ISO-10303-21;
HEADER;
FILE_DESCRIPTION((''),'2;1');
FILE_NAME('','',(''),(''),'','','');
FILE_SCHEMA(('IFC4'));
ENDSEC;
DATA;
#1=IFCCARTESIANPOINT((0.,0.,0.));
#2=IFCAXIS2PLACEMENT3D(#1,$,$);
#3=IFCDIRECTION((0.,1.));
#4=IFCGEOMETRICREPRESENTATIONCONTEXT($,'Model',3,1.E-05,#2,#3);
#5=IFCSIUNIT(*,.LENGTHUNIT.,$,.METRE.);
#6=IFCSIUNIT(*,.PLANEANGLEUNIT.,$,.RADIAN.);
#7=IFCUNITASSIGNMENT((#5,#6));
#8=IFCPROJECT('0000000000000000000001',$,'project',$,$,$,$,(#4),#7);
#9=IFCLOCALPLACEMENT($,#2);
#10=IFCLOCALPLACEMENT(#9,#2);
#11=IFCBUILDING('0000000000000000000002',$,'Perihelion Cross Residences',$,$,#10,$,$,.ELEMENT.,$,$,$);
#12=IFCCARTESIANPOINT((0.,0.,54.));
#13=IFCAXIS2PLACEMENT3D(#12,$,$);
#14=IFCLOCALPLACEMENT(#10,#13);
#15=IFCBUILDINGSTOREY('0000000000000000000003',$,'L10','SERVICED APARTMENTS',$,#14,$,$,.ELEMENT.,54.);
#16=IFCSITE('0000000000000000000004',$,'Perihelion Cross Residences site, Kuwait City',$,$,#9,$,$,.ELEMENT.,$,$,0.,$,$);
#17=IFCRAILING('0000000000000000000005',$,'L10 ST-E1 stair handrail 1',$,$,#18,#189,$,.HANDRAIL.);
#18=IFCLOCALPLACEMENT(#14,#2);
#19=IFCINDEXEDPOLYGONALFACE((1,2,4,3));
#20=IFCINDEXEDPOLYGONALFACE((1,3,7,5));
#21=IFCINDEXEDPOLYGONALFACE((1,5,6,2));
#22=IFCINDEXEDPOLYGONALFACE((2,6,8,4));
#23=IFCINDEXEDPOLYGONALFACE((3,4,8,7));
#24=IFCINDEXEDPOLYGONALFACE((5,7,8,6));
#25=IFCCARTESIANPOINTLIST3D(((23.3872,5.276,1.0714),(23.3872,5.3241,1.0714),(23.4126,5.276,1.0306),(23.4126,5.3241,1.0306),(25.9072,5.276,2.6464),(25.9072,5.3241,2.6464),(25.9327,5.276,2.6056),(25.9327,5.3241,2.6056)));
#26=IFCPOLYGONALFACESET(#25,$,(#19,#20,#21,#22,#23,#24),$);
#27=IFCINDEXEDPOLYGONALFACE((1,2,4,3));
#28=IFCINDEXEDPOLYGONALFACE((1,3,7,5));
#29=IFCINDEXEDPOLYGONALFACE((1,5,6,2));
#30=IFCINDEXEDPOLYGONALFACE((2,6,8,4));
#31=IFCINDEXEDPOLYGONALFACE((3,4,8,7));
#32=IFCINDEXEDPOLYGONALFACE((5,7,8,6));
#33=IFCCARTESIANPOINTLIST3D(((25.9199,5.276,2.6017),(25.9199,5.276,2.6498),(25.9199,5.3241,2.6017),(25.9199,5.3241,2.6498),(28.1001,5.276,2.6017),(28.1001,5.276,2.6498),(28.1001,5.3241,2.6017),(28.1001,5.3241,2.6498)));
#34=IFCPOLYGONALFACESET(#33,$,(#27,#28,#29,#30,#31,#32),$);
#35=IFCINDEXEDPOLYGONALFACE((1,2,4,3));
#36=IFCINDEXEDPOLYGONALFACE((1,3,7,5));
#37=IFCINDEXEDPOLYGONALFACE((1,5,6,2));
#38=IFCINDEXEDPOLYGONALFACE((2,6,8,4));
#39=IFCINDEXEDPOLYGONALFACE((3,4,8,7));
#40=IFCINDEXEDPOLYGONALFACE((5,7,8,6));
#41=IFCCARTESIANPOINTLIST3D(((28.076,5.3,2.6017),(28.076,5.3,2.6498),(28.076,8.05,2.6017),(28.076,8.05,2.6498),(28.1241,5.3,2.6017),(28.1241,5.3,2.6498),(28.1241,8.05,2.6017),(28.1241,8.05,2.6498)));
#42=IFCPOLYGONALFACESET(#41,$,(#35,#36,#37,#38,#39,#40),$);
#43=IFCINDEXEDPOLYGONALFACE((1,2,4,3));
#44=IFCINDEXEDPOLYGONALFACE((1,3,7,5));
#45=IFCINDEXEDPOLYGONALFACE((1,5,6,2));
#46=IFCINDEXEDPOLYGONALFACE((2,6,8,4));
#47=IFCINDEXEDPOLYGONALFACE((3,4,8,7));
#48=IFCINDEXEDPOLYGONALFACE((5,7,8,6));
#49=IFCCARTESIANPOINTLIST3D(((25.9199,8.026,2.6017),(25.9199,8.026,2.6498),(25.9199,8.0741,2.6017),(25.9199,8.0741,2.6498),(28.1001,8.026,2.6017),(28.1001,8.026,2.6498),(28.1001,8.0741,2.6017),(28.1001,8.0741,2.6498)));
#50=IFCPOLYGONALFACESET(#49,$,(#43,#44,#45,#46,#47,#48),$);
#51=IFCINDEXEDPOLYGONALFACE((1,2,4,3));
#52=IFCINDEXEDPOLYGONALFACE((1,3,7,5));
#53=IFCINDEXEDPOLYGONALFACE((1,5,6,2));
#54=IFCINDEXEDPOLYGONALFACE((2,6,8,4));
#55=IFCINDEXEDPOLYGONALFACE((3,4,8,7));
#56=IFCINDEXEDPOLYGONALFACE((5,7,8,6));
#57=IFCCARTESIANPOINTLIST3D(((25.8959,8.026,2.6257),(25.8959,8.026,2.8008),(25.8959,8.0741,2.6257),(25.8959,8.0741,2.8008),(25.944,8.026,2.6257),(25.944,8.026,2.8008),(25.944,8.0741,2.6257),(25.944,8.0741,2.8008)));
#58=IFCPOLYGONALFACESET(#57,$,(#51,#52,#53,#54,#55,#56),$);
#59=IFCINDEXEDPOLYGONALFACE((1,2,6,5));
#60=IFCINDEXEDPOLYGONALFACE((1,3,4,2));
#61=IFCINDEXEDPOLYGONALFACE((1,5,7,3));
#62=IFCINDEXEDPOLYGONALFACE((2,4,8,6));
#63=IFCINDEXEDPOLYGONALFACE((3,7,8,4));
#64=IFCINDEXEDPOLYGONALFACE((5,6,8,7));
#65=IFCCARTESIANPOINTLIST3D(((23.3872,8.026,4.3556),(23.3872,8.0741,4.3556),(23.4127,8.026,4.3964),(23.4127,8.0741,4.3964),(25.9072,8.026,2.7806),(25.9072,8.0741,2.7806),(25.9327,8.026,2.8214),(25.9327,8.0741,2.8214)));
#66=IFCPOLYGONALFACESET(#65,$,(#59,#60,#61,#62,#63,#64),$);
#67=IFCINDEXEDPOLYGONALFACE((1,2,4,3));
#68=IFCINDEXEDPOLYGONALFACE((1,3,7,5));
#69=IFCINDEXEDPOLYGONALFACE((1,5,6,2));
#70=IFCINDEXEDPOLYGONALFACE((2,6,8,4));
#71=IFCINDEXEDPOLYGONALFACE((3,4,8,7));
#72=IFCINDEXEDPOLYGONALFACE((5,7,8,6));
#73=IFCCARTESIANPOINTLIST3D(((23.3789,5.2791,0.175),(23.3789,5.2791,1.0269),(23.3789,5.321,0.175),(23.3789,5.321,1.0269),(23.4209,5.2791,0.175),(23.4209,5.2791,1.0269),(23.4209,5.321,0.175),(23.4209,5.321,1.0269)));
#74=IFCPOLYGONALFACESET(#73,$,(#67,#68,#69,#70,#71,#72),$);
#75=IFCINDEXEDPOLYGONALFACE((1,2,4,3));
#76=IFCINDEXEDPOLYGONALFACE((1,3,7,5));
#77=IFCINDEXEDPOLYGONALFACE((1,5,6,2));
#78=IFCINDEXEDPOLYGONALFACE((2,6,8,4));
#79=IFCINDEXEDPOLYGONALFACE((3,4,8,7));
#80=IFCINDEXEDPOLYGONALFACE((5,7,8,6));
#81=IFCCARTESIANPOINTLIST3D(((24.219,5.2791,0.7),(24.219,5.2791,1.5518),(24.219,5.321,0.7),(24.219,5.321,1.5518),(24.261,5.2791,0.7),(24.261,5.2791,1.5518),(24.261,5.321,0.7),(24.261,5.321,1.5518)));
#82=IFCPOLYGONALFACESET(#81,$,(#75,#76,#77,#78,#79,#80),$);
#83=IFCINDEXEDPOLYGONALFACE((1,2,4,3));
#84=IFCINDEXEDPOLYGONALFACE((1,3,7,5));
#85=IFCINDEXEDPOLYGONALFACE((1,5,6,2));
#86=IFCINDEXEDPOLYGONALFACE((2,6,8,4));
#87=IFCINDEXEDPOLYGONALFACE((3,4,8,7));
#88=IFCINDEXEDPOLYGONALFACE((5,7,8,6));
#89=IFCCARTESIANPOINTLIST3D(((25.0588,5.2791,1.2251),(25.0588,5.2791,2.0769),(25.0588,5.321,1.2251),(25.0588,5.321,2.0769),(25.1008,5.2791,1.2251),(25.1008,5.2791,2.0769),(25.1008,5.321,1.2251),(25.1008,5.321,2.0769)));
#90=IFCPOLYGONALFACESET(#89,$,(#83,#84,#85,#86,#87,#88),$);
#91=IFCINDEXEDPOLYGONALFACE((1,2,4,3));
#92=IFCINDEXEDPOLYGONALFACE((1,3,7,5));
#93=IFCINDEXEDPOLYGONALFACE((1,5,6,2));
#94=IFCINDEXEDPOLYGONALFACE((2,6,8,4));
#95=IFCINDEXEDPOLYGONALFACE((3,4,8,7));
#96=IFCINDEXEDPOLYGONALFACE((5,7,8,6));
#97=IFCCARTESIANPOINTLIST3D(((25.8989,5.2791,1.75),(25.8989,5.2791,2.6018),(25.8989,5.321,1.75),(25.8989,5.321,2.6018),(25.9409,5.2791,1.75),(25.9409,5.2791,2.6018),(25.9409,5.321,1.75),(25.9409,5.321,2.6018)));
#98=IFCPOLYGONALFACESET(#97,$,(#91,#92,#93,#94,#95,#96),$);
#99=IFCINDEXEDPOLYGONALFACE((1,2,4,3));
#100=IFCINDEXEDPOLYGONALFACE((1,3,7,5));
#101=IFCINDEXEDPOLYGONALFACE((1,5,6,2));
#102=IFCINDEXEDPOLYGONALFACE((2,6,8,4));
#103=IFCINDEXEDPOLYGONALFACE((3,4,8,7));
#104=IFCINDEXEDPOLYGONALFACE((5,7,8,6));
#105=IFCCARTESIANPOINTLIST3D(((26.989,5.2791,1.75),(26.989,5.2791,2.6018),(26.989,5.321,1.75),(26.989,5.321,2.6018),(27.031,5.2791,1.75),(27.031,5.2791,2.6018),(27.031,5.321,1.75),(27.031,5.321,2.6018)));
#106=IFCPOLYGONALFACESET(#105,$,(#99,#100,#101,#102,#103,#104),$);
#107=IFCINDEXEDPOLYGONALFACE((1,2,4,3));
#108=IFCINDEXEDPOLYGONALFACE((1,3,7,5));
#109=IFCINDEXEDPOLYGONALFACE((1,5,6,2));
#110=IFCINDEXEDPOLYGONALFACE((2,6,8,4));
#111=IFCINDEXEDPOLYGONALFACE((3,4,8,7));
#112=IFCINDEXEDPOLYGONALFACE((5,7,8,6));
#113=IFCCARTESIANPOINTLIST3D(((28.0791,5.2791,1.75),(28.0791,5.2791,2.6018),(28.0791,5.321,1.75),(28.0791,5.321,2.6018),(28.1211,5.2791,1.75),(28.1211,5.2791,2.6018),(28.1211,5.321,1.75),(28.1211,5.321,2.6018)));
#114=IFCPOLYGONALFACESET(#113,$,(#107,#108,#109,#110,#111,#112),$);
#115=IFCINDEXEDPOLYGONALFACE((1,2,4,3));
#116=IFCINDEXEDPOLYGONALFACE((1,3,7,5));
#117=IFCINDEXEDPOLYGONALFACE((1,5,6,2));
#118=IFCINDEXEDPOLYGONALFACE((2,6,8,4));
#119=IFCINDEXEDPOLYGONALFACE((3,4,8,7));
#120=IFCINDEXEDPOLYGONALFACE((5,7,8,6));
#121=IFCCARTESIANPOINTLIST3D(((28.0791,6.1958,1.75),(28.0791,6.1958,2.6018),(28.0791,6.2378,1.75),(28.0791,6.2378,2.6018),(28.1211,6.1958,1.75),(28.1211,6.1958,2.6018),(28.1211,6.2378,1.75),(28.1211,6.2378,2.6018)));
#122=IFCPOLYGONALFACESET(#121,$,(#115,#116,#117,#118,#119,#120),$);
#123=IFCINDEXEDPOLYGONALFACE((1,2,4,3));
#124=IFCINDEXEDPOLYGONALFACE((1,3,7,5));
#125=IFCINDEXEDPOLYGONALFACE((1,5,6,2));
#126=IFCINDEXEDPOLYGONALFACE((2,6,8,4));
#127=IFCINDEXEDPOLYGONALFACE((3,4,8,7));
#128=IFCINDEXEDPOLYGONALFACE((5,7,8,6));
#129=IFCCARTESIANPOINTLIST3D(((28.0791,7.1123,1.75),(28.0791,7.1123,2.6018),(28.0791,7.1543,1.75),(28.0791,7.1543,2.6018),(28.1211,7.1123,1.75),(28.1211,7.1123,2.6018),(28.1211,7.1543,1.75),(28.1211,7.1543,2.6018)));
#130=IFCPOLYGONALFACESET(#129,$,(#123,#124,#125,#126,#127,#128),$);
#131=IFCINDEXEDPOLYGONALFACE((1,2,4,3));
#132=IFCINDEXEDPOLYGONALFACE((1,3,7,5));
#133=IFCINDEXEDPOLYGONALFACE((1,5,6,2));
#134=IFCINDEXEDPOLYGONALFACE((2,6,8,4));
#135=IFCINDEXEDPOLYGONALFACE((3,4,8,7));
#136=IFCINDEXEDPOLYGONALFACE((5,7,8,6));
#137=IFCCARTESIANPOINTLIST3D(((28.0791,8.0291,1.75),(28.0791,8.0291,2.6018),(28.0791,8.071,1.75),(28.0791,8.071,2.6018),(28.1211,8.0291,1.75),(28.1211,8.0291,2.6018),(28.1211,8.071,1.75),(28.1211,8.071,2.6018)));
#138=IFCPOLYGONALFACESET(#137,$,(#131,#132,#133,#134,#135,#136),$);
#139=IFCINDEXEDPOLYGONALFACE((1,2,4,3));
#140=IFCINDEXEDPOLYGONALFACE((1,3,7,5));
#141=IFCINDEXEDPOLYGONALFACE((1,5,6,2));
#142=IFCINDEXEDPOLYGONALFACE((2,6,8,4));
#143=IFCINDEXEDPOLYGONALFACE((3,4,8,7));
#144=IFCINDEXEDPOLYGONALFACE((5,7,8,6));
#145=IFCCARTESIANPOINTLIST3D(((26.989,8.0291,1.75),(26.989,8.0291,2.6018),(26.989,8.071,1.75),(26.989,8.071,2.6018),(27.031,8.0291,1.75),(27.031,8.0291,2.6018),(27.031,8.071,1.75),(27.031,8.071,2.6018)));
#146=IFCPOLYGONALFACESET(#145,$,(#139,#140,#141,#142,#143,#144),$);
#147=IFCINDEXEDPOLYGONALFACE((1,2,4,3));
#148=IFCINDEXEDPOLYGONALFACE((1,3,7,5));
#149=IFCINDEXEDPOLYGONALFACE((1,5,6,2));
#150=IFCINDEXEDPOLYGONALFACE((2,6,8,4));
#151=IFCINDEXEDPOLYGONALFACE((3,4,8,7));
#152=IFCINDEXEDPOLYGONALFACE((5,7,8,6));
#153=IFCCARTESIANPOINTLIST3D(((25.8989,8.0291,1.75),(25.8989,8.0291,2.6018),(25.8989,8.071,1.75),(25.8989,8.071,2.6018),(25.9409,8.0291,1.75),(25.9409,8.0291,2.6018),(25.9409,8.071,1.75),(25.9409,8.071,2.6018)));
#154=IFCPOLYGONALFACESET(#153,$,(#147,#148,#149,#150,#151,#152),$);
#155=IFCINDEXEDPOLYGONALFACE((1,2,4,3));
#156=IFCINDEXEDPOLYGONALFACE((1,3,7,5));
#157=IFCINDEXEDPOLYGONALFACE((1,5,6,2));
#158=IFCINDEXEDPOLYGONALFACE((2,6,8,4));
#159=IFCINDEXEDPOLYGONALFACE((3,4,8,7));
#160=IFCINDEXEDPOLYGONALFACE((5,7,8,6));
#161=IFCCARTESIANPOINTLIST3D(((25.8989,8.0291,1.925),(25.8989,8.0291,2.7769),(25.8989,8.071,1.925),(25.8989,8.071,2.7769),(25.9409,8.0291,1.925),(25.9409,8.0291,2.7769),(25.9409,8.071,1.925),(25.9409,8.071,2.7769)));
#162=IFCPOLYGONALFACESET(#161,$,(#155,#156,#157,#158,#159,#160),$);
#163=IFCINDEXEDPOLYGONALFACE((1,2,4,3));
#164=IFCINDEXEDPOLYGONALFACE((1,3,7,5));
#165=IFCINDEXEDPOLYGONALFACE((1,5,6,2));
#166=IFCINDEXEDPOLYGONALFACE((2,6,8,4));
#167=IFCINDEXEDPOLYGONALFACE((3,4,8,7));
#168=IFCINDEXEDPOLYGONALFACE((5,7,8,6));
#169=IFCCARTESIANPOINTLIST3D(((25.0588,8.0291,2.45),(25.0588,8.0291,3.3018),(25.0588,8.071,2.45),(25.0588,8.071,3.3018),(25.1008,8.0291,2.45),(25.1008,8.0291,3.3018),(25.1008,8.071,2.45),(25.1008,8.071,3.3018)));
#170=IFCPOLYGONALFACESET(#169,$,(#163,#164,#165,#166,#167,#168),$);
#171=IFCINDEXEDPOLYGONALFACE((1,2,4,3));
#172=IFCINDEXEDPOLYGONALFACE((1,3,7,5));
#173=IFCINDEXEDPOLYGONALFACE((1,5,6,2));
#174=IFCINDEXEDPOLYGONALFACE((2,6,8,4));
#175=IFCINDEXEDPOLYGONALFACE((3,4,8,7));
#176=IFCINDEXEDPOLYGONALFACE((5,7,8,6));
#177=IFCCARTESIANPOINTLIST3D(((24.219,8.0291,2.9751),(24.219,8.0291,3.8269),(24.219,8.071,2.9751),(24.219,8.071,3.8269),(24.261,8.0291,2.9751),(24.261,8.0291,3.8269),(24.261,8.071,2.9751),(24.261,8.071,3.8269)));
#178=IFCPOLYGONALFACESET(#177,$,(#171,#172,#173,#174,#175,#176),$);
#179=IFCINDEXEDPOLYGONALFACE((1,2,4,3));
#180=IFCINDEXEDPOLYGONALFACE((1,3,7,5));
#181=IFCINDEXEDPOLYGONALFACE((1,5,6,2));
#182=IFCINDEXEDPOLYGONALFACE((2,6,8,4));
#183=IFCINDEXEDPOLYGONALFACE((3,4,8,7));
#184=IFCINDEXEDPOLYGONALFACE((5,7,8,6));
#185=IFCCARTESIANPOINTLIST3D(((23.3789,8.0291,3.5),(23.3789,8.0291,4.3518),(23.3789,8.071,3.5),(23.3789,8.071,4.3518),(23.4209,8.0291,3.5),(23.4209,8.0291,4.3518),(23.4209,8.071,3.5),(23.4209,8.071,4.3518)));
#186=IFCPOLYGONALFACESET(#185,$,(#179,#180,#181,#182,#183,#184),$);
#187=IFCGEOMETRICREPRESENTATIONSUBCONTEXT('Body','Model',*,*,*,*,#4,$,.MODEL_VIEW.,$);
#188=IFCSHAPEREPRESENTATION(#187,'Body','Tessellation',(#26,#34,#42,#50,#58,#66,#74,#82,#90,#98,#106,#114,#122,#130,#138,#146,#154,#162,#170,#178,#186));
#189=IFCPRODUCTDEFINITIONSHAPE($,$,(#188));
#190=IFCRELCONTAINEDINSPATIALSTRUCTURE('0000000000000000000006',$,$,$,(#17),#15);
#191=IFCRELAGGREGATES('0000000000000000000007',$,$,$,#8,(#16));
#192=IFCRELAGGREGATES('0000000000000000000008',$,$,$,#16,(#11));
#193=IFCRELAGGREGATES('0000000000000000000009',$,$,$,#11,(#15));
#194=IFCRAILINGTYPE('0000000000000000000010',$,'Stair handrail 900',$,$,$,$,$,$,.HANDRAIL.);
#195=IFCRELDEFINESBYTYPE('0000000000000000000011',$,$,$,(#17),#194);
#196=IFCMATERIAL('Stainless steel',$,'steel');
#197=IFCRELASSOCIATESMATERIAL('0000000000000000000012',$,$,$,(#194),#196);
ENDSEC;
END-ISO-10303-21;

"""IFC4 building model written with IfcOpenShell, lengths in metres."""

from ifc_helpers import new_model, si_unit, direction, frame, origin, origin_2d, place, context, subcontext, project, spatial, rectangle, extrude, material, type_object, element, save


model = new_model("IFC4")

# Units and contexts
model_context = context("Model", 3, precision=1e-05, world=origin(), true_north=direction((0.0, 1.0)))
body_context = subcontext(model_context, "Body", "Model", "MODEL_VIEW")
ifc_project = project(units=[si_unit("LENGTHUNIT", "METRE"), si_unit("PLANEANGLEUNIT", "RADIAN")], contexts=[model_context])

# Site, building, storey
site_placement = place(None, origin())
site = spatial("IfcSite", under=ifc_project, at=site_placement, Name="Perihelion Cross Residences site, Kuwait City", CompositionType="ELEMENT", RefElevation=0.0)
building_placement = place(site_placement, origin())
building = spatial("IfcBuilding", under=site, at=building_placement, Name="Perihelion Cross Residences", CompositionType="ELEMENT")
storey_placement = place(building_placement, frame((0.0, 0.0, 54.0)))
storey = spatial("IfcBuildingStorey", under=building, at=storey_placement, Name="L10", Description="SERVICED APARTMENTS", CompositionType="ELEMENT", Elevation=54.0)

# Railing
ifc_material_1 = material(Name="Stainless steel", Category="steel")
railing_type_1 = type_object("IfcRailingType", Name="Stair handrail 900", PredefinedType="HANDRAIL", material=ifc_material_1)
railing_1_placement = place(storey_placement, frame((23.3999, 5.3, 0.175)))
element("IfcRailing", 1, at=railing_1_placement, inside=storey, type_object=railing_type_1, Name="L10 ST-E1 stair handrail 1", PredefinedType="HANDRAIL", context=body_context, shape_type="SweptSolid", body=[
    extrude(rectangle(XDim=0.0481, YDim=0.0481, at=origin_2d()), frame((0.0, 0.0, 0.876), z_axis=(0.848008, 0.0, 0.529984), x_axis=(0.0, 1.0, 0.0)), (0.0, 0.0, 1.0), 2.9717),
    extrude(rectangle(XDim=0.0481, YDim=0.0481, at=origin_2d()), frame((2.52, 0.0, 2.4507), z_axis=(1.0, 0.0, 0.0), x_axis=(0.0, 1.0, 0.0)), (0.0, 0.0, 1.0), 2.1802),
    extrude(rectangle(XDim=0.0481, YDim=0.0481, at=origin_2d()), frame((4.7002, 0.0, 2.4507), z_axis=(0.0, 1.0, 0.0), x_axis=(-1.0, 0.0, 0.0)), (0.0, 0.0, 1.0), 2.75),
    extrude(rectangle(XDim=0.0481, YDim=0.0481, at=origin_2d()), frame((4.7002, 2.75, 2.4507), z_axis=(-1.0, 0.0, 0.0), x_axis=(0.0, -1.0, 0.0)), (0.0, 0.0, 1.0), 2.1802),
    extrude(rectangle(XDim=0.0481, YDim=0.0481, at=origin_2d()), frame((2.52, 2.75, 2.4507), z_axis=(0.0, 0.0, 1.0), x_axis=(1.0, 0.0, 0.0)), (0.0, 0.0, 1.0), 0.175),
    extrude(rectangle(XDim=0.0481, YDim=0.0481, at=origin_2d()), frame((2.52, 2.75, 2.626), z_axis=(-0.848008, 0.0, 0.529984), x_axis=(0.0, -1.0, 0.0)), (0.0, 0.0, 1.0), 2.9717),
    extrude(rectangle(XDim=0.042, YDim=0.042, at=origin_2d()), origin(), (0.0, 0.0, 1.0), 0.8518),
    extrude(rectangle(XDim=0.042, YDim=0.042, at=origin_2d()), frame((0.8401, 0.0, 0.5249)), (0.0, 0.0, 1.0), 0.8518),
    extrude(rectangle(XDim=0.042, YDim=0.042, at=origin_2d()), frame((1.6799, 0.0, 1.05)), (0.0, 0.0, 1.0), 0.8518),
    extrude(rectangle(XDim=0.042, YDim=0.042, at=origin_2d()), frame((2.52, 0.0, 1.575)), (0.0, 0.0, 1.0), 0.8518),
    extrude(rectangle(XDim=0.042, YDim=0.042, at=origin_2d()), frame((3.6101, 0.0, 1.575)), (0.0, 0.0, 1.0), 0.8518),
    extrude(rectangle(XDim=0.042, YDim=0.042, at=origin_2d()), frame((4.7002, 0.0, 1.575)), (0.0, 0.0, 1.0), 0.8518),
    extrude(rectangle(XDim=0.042, YDim=0.042, at=origin_2d()), frame((4.7002, 0.9167, 1.575)), (0.0, 0.0, 1.0), 0.8518),
    extrude(rectangle(XDim=0.042, YDim=0.042, at=origin_2d()), frame((4.7002, 1.8333, 1.575)), (0.0, 0.0, 1.0), 0.8518),
    extrude(rectangle(XDim=0.042, YDim=0.042, at=origin_2d()), frame((4.7002, 2.75, 1.575)), (0.0, 0.0, 1.0), 0.8518),
    extrude(rectangle(XDim=0.042, YDim=0.042, at=origin_2d()), frame((3.6101, 2.75, 1.575)), (0.0, 0.0, 1.0), 0.8518),
    extrude(rectangle(XDim=0.042, YDim=0.042, at=origin_2d()), frame((2.52, 2.75, 1.575)), (0.0, 0.0, 1.0), 0.8518),
    extrude(rectangle(XDim=0.042, YDim=0.042, at=origin_2d()), frame((2.52, 2.75, 1.75)), (0.0, 0.0, 1.0), 0.8518),
    extrude(rectangle(XDim=0.042, YDim=0.042, at=origin_2d()), frame((1.6799, 2.75, 2.2749)), (0.0, 0.0, 1.0), 0.8518),
    extrude(rectangle(XDim=0.042, YDim=0.042, at=origin_2d()), frame((0.8401, 2.75, 2.8)), (0.0, 0.0, 1.0), 0.8518),
    extrude(rectangle(XDim=0.042, YDim=0.042, at=origin_2d()), frame((0.0, 2.75, 3.325)), (0.0, 0.0, 1.0), 0.8518),
])

save(model, "model.ifc")
